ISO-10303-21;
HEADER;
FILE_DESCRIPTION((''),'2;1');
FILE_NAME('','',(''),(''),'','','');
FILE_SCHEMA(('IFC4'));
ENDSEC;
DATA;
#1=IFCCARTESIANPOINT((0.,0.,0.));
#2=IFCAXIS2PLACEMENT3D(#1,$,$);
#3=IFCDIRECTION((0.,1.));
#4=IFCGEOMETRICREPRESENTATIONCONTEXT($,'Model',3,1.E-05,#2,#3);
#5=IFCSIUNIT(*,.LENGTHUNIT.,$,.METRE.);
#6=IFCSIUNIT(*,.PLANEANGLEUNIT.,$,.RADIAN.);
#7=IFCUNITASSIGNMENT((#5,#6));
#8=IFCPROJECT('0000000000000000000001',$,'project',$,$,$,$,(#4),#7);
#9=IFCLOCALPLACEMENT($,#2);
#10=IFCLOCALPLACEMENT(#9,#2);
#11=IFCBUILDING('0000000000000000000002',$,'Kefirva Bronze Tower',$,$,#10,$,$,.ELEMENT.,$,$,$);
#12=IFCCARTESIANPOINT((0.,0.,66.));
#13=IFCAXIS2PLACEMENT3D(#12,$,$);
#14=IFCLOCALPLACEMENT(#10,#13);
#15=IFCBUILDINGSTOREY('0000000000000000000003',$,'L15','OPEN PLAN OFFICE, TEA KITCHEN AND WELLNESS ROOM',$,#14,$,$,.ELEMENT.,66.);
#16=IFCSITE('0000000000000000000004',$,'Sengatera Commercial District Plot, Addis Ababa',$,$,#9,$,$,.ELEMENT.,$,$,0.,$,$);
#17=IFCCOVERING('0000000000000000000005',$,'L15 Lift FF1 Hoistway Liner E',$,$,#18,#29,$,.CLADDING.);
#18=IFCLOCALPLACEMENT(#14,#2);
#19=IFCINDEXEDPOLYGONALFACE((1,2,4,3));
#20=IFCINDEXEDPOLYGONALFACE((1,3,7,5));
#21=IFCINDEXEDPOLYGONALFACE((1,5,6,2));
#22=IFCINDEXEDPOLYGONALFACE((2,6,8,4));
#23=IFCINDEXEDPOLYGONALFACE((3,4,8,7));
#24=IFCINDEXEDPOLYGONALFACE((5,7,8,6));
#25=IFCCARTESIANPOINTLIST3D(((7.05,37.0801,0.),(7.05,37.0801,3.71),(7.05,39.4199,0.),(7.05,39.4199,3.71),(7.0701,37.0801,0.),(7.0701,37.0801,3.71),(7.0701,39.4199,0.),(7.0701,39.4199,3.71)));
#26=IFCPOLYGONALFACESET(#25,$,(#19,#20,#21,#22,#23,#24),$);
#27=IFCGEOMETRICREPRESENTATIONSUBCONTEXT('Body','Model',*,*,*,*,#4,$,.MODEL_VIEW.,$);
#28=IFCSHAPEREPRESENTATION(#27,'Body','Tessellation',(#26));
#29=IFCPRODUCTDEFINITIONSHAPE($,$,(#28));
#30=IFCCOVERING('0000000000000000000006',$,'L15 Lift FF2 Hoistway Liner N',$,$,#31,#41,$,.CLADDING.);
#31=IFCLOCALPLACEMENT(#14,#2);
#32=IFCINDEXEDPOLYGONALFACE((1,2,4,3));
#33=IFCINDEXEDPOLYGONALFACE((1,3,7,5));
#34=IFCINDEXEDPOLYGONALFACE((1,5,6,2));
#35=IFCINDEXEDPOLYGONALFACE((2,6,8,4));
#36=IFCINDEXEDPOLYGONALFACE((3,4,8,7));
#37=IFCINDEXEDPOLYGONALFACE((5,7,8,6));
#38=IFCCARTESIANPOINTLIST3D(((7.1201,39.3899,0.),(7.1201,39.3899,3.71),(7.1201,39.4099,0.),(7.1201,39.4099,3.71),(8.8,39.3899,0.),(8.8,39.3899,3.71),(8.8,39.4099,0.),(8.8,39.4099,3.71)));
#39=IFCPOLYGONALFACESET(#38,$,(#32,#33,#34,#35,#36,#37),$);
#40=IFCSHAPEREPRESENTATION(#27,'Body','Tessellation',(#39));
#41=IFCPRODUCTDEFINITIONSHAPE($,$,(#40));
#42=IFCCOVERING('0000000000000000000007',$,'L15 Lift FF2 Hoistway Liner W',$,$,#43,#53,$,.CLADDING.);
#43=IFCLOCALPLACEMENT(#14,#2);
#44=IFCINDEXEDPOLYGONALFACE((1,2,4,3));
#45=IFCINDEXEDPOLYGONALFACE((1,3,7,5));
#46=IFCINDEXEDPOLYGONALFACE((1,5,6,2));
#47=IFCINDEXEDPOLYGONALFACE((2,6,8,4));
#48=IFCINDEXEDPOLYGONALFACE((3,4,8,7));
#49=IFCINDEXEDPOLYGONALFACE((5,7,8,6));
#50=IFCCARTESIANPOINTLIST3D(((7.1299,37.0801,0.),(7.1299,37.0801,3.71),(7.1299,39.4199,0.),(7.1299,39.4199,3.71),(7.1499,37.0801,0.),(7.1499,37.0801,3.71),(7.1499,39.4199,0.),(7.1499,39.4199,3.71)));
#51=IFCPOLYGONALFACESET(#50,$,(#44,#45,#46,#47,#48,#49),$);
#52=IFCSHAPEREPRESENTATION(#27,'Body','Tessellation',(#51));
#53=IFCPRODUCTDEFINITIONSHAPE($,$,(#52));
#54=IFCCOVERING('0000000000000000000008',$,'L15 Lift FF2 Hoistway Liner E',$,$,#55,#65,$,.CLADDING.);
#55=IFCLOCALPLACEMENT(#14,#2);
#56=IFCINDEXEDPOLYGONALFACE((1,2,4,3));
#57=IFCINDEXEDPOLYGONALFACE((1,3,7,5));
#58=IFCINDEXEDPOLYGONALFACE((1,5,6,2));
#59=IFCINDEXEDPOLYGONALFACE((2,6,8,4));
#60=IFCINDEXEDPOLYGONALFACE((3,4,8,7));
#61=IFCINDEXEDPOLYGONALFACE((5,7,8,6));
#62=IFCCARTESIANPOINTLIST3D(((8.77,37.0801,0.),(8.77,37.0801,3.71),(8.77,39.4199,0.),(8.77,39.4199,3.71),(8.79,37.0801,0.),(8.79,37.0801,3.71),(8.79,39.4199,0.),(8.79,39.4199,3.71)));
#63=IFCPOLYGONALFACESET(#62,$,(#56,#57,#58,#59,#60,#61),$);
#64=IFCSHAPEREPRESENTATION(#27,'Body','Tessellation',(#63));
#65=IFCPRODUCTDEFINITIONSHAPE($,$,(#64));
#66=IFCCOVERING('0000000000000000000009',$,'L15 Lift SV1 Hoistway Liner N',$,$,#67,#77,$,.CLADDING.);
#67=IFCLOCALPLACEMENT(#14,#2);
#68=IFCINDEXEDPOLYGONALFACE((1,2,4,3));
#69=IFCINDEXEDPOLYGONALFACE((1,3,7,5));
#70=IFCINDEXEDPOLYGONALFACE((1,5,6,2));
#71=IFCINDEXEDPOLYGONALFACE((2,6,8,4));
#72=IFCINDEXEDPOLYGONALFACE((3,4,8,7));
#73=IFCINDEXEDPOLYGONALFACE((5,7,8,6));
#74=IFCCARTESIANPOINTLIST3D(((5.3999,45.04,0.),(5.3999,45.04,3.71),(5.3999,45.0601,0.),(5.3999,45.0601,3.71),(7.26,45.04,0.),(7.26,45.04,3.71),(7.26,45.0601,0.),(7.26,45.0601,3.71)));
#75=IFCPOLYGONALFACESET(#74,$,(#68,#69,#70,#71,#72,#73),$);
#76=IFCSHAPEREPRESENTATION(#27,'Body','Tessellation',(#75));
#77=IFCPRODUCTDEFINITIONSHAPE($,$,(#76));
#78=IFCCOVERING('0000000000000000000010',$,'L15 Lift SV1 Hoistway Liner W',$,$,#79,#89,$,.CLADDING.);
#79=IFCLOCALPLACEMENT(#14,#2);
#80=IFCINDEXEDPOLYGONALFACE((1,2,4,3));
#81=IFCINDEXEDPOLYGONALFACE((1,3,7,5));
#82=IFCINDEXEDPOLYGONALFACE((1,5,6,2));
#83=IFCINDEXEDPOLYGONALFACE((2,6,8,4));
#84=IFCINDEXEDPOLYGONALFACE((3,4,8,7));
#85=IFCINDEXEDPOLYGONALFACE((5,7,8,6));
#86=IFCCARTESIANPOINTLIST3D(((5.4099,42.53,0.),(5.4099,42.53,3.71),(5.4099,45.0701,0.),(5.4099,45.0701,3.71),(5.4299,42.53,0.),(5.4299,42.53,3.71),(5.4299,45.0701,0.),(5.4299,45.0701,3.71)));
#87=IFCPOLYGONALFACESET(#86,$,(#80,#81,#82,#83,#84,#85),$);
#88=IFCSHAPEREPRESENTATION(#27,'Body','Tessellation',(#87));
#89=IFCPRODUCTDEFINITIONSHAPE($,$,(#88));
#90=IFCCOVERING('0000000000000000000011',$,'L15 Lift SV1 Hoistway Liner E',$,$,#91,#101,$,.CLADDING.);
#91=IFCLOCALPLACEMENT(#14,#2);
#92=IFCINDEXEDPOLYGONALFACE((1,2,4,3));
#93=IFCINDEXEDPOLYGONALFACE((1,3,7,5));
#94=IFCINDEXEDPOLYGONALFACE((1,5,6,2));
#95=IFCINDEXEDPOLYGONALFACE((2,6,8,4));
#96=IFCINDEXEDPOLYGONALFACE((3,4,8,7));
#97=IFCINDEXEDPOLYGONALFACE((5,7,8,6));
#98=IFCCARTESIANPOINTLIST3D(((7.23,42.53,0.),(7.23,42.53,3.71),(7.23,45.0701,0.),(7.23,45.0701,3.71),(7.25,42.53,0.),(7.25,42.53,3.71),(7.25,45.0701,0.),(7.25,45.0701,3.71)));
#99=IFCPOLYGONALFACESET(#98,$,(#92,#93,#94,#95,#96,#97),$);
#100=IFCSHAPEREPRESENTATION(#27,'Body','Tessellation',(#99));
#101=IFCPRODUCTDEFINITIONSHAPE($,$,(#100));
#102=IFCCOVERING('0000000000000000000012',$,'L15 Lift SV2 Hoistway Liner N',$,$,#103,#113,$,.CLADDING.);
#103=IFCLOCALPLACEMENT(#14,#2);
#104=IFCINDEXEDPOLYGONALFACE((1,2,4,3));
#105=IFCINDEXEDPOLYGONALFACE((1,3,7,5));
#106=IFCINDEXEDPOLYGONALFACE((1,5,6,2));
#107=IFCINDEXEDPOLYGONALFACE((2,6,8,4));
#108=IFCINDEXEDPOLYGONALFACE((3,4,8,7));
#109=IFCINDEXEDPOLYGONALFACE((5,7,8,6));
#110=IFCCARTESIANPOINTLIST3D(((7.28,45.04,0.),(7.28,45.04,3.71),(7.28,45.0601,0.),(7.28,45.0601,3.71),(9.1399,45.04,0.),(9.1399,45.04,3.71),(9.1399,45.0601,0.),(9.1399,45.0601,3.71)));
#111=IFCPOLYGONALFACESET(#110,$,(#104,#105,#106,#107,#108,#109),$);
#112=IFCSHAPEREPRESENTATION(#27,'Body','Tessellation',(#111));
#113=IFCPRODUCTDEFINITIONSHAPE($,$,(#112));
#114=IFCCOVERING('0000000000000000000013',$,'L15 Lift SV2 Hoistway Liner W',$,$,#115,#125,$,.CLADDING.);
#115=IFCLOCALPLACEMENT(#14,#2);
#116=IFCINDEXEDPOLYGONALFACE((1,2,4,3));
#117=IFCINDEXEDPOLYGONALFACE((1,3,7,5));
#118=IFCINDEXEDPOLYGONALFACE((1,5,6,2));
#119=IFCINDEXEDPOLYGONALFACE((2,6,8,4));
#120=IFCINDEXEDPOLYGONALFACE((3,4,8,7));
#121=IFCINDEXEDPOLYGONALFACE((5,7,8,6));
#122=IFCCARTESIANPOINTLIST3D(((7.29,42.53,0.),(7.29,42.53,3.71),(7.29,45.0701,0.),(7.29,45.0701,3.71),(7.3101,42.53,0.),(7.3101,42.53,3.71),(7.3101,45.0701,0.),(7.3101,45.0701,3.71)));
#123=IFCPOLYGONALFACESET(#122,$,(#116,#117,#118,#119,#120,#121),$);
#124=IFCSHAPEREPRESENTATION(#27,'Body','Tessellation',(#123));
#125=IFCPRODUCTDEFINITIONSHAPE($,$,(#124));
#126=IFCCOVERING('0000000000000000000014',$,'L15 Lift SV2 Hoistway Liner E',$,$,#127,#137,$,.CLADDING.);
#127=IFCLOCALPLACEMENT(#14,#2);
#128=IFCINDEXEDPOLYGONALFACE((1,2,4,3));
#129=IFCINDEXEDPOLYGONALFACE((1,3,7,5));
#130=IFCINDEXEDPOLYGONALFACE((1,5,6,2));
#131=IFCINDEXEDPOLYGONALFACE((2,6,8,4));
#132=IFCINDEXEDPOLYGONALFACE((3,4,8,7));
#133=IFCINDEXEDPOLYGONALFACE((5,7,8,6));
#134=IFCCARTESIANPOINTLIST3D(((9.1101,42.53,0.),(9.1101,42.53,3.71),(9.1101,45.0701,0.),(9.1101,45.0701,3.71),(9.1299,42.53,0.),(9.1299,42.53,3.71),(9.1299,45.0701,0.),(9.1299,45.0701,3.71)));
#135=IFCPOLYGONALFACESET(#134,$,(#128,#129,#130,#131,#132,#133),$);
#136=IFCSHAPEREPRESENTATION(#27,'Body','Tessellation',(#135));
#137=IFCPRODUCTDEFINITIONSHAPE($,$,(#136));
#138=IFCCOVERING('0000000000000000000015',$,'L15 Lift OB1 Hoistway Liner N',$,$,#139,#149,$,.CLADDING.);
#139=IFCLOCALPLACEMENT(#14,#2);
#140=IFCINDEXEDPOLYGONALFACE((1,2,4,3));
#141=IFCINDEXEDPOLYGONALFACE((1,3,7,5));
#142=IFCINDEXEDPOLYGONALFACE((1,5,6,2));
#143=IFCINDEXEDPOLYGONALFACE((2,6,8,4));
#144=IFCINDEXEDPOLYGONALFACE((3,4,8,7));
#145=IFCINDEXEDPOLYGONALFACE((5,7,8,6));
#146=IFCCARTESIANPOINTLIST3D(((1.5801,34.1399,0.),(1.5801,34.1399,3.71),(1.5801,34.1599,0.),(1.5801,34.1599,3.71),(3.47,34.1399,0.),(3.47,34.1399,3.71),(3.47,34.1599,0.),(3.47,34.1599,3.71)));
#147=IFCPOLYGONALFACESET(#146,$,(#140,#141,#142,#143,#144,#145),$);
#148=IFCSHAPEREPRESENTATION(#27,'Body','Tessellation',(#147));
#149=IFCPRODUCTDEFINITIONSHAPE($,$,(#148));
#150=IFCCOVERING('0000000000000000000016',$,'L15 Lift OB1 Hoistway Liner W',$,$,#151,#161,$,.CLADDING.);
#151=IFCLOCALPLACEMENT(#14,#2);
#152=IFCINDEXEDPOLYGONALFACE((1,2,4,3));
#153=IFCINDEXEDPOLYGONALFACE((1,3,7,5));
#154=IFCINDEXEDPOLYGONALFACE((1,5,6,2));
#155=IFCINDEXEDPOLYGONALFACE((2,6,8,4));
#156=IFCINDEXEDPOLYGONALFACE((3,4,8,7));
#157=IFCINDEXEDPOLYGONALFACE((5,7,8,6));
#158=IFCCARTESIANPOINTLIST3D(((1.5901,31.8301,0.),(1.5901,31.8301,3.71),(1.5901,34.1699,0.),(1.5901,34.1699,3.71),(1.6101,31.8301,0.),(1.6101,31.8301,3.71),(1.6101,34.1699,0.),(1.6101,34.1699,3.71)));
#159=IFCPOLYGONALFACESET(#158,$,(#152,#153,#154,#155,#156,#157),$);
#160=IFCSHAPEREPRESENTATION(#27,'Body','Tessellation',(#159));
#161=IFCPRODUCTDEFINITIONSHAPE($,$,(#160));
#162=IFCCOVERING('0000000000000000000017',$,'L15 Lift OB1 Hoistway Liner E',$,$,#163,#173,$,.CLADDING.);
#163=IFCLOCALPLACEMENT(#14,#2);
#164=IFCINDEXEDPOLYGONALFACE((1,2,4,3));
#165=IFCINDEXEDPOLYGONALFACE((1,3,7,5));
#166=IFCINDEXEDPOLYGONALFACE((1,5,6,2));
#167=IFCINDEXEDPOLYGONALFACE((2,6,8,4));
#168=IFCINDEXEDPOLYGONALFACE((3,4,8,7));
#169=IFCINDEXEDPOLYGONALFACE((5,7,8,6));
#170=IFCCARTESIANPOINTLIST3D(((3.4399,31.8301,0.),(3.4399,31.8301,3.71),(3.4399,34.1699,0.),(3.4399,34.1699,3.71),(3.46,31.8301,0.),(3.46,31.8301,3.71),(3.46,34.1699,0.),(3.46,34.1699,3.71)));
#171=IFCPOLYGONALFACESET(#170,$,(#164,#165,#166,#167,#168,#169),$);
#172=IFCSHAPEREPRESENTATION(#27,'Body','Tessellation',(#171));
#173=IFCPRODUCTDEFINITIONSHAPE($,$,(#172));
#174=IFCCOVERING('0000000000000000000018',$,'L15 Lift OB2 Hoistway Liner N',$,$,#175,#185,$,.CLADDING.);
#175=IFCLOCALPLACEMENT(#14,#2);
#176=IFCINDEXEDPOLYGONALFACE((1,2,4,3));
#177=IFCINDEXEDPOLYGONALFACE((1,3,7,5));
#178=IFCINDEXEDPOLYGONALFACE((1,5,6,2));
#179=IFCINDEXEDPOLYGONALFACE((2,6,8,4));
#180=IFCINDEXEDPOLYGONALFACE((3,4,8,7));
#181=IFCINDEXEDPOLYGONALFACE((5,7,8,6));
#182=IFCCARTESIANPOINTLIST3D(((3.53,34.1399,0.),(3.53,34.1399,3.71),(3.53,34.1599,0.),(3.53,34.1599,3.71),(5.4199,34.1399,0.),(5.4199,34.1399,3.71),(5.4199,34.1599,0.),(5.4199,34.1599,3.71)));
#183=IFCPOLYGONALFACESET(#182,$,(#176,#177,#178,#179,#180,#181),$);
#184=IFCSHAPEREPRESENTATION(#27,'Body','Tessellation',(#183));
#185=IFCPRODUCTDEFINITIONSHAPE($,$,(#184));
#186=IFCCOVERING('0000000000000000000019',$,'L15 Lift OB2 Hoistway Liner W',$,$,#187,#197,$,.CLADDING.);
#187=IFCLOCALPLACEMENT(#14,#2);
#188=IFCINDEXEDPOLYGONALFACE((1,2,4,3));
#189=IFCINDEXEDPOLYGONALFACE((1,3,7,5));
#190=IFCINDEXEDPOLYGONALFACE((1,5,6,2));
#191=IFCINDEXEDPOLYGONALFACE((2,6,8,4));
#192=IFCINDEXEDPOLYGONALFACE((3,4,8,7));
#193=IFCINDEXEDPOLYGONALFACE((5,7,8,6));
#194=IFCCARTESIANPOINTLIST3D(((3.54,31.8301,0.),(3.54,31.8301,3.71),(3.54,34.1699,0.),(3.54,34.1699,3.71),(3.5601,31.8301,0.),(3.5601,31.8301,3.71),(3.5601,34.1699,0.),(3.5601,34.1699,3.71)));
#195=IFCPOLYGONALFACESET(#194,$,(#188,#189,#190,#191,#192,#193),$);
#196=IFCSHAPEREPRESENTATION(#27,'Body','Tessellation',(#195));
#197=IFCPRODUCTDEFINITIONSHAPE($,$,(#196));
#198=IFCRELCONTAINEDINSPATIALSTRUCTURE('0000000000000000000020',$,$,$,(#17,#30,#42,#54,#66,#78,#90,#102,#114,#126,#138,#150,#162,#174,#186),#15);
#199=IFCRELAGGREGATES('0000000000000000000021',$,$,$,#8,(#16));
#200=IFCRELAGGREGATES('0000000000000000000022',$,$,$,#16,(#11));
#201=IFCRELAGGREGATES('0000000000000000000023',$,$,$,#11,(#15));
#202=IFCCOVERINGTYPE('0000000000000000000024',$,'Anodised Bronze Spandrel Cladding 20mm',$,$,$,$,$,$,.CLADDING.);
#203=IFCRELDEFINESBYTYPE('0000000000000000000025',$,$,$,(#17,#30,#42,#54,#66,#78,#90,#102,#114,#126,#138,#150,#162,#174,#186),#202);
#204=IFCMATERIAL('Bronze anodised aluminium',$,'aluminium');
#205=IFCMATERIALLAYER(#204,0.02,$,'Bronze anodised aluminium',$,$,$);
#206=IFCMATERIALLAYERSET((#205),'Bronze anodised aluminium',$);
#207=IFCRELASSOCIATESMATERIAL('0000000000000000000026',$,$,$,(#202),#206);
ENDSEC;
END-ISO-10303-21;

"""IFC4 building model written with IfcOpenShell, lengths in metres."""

from ifc_helpers import new_model, si_unit, direction, frame, origin, place, context, subcontext, project, spatial, polyline, outline, extrude, material, layer, layer_set, type_object, element, save


model = new_model("IFC4")

# Units and contexts
model_context = context("Model", 3, precision=1e-05, world=origin(), true_north=direction((0.0, 1.0)))
body_context = subcontext(model_context, "Body", "Model", "MODEL_VIEW")
ifc_project = project(units=[si_unit("LENGTHUNIT", "METRE"), si_unit("PLANEANGLEUNIT", "RADIAN")], contexts=[model_context])

# Site, building, storey
site_placement = place(None, origin())
site = spatial("IfcSite", under=ifc_project, at=site_placement, Name="Sengatera Commercial District Plot, Addis Ababa", CompositionType="ELEMENT", RefElevation=0.0)
building_placement = place(site_placement, origin())
building = spatial("IfcBuilding", under=site, at=building_placement, Name="Kefirva Bronze Tower", CompositionType="ELEMENT")
storey_placement = place(building_placement, frame((0.0, 0.0, 66.0)))
storey = spatial("IfcBuildingStorey", under=building, at=storey_placement, Name="L15", Description="OPEN PLAN OFFICE, TEA KITCHEN AND WELLNESS ROOM", CompositionType="ELEMENT", Elevation=66.0)

# Coverings
ifc_material_1 = material(Name="Bronze anodised aluminium", Category="aluminium")
ifc_layer_1 = layer(ifc_material_1, 0.02, Name="Bronze anodised aluminium")
ifc_layer_set_1 = layer_set([ifc_layer_1], Name="Bronze anodised aluminium")
covering_type = type_object("IfcCoveringType", Name="Anodised Bronze Spandrel Cladding 20mm", PredefinedType="CLADDING", material=ifc_layer_set_1)
covering_1_placement = place(storey_placement, origin())
element("IfcCovering", 1, at=covering_1_placement, inside=storey, type_object=covering_type, Name="L15 Lift FF1 Hoistway Liner E", PredefinedType="CLADDING", context=body_context, shape_type="SweptSolid", body=[
    extrude(outline(polyline([(7.05, 37.0801), (7.0701, 37.0801), (7.0701, 39.4199), (7.05, 39.4199), (7.05, 37.0801)])), origin(), (0.0, 0.0, 1.0), 3.71),
])
covering_2_placement = place(storey_placement, origin())
element("IfcCovering", 2, at=covering_2_placement, inside=storey, type_object=covering_type, Name="L15 Lift FF2 Hoistway Liner N", PredefinedType="CLADDING", context=body_context, shape_type="SweptSolid", body=[
    extrude(outline(polyline([(7.1201, 39.3899), (8.8, 39.3899), (8.8, 39.4099), (7.1201, 39.4099), (7.1201, 39.3899)])), origin(), (0.0, 0.0, 1.0), 3.71),
])
covering_3_placement = place(storey_placement, origin())
element("IfcCovering", 3, at=covering_3_placement, inside=storey, type_object=covering_type, Name="L15 Lift FF2 Hoistway Liner W", PredefinedType="CLADDING", context=body_context, shape_type="SweptSolid", body=[
    extrude(outline(polyline([(7.1299, 37.0801), (7.1499, 37.0801), (7.1499, 39.4199), (7.1299, 39.4199), (7.1299, 37.0801)])), origin(), (0.0, 0.0, 1.0), 3.71),
])
covering_4_placement = place(storey_placement, origin())
element("IfcCovering", 4, at=covering_4_placement, inside=storey, type_object=covering_type, Name="L15 Lift FF2 Hoistway Liner E", PredefinedType="CLADDING", context=body_context, shape_type="SweptSolid", body=[
    extrude(outline(polyline([(8.77, 37.0801), (8.79, 37.0801), (8.79, 39.4199), (8.77, 39.4199), (8.77, 37.0801)])), origin(), (0.0, 0.0, 1.0), 3.71),
])
covering_5_placement = place(storey_placement, origin())
element("IfcCovering", 5, at=covering_5_placement, inside=storey, type_object=covering_type, Name="L15 Lift SV1 Hoistway Liner N", PredefinedType="CLADDING", context=body_context, shape_type="SweptSolid", body=[
    extrude(outline(polyline([(5.3999, 45.04), (7.26, 45.04), (7.26, 45.0601), (5.3999, 45.0601), (5.3999, 45.04)])), origin(), (0.0, 0.0, 1.0), 3.71),
])
covering_6_placement = place(storey_placement, origin())
element("IfcCovering", 6, at=covering_6_placement, inside=storey, type_object=covering_type, Name="L15 Lift SV1 Hoistway Liner W", PredefinedType="CLADDING", context=body_context, shape_type="SweptSolid", body=[
    extrude(outline(polyline([(5.4099, 42.53), (5.4299, 42.53), (5.4299, 45.0701), (5.4099, 45.0701), (5.4099, 42.53)])), origin(), (0.0, 0.0, 1.0), 3.71),
])
covering_7_placement = place(storey_placement, origin())
element("IfcCovering", 7, at=covering_7_placement, inside=storey, type_object=covering_type, Name="L15 Lift SV1 Hoistway Liner E", PredefinedType="CLADDING", context=body_context, shape_type="SweptSolid", body=[
    extrude(outline(polyline([(7.23, 42.53), (7.25, 42.53), (7.25, 45.0701), (7.23, 45.0701), (7.23, 42.53)])), origin(), (0.0, 0.0, 1.0), 3.71),
])
covering_8_placement = place(storey_placement, origin())
element("IfcCovering", 8, at=covering_8_placement, inside=storey, type_object=covering_type, Name="L15 Lift SV2 Hoistway Liner N", PredefinedType="CLADDING", context=body_context, shape_type="SweptSolid", body=[
    extrude(outline(polyline([(7.28, 45.04), (9.1399, 45.04), (9.1399, 45.0601), (7.28, 45.0601), (7.28, 45.04)])), origin(), (0.0, 0.0, 1.0), 3.71),
])
covering_9_placement = place(storey_placement, origin())
element("IfcCovering", 9, at=covering_9_placement, inside=storey, type_object=covering_type, Name="L15 Lift SV2 Hoistway Liner W", PredefinedType="CLADDING", context=body_context, shape_type="SweptSolid", body=[
    extrude(outline(polyline([(7.29, 42.53), (7.3101, 42.53), (7.3101, 45.0701), (7.29, 45.0701), (7.29, 42.53)])), origin(), (0.0, 0.0, 1.0), 3.71),
])
covering_10_placement = place(storey_placement, origin())
element("IfcCovering", 10, at=covering_10_placement, inside=storey, type_object=covering_type, Name="L15 Lift SV2 Hoistway Liner E", PredefinedType="CLADDING", context=body_context, shape_type="SweptSolid", body=[
    extrude(outline(polyline([(9.1101, 42.53), (9.1299, 42.53), (9.1299, 45.0701), (9.1101, 45.0701), (9.1101, 42.53)])), origin(), (0.0, 0.0, 1.0), 3.71),
])
covering_11_placement = place(storey_placement, origin())
element("IfcCovering", 11, at=covering_11_placement, inside=storey, type_object=covering_type, Name="L15 Lift OB1 Hoistway Liner N", PredefinedType="CLADDING", context=body_context, shape_type="SweptSolid", body=[
    extrude(outline(polyline([(1.5801, 34.1399), (3.47, 34.1399), (3.47, 34.1599), (1.5801, 34.1599), (1.5801, 34.1399)])), origin(), (0.0, 0.0, 1.0), 3.71),
])
covering_12_placement = place(storey_placement, origin())
element("IfcCovering", 12, at=covering_12_placement, inside=storey, type_object=covering_type, Name="L15 Lift OB1 Hoistway Liner W", PredefinedType="CLADDING", context=body_context, shape_type="SweptSolid", body=[
    extrude(outline(polyline([(1.5901, 31.8301), (1.6101, 31.8301), (1.6101, 34.1699), (1.5901, 34.1699), (1.5901, 31.8301)])), origin(), (0.0, 0.0, 1.0), 3.71),
])
covering_13_placement = place(storey_placement, origin())
element("IfcCovering", 13, at=covering_13_placement, inside=storey, type_object=covering_type, Name="L15 Lift OB1 Hoistway Liner E", PredefinedType="CLADDING", context=body_context, shape_type="SweptSolid", body=[
    extrude(outline(polyline([(3.4399, 31.8301), (3.46, 31.8301), (3.46, 34.1699), (3.4399, 34.1699), (3.4399, 31.8301)])), origin(), (0.0, 0.0, 1.0), 3.71),
])
covering_14_placement = place(storey_placement, origin())
element("IfcCovering", 14, at=covering_14_placement, inside=storey, type_object=covering_type, Name="L15 Lift OB2 Hoistway Liner N", PredefinedType="CLADDING", context=body_context, shape_type="SweptSolid", body=[
    extrude(outline(polyline([(3.53, 34.1399), (5.4199, 34.1399), (5.4199, 34.1599), (3.53, 34.1599), (3.53, 34.1399)])), origin(), (0.0, 0.0, 1.0), 3.71),
])
covering_15_placement = place(storey_placement, origin())
element("IfcCovering", 15, at=covering_15_placement, inside=storey, type_object=covering_type, Name="L15 Lift OB2 Hoistway Liner W", PredefinedType="CLADDING", context=body_context, shape_type="SweptSolid", body=[
    extrude(outline(polyline([(3.54, 31.8301), (3.5601, 31.8301), (3.5601, 34.1699), (3.54, 34.1699), (3.54, 31.8301)])), origin(), (0.0, 0.0, 1.0), 3.71),
])

save(model, "model.ifc")
